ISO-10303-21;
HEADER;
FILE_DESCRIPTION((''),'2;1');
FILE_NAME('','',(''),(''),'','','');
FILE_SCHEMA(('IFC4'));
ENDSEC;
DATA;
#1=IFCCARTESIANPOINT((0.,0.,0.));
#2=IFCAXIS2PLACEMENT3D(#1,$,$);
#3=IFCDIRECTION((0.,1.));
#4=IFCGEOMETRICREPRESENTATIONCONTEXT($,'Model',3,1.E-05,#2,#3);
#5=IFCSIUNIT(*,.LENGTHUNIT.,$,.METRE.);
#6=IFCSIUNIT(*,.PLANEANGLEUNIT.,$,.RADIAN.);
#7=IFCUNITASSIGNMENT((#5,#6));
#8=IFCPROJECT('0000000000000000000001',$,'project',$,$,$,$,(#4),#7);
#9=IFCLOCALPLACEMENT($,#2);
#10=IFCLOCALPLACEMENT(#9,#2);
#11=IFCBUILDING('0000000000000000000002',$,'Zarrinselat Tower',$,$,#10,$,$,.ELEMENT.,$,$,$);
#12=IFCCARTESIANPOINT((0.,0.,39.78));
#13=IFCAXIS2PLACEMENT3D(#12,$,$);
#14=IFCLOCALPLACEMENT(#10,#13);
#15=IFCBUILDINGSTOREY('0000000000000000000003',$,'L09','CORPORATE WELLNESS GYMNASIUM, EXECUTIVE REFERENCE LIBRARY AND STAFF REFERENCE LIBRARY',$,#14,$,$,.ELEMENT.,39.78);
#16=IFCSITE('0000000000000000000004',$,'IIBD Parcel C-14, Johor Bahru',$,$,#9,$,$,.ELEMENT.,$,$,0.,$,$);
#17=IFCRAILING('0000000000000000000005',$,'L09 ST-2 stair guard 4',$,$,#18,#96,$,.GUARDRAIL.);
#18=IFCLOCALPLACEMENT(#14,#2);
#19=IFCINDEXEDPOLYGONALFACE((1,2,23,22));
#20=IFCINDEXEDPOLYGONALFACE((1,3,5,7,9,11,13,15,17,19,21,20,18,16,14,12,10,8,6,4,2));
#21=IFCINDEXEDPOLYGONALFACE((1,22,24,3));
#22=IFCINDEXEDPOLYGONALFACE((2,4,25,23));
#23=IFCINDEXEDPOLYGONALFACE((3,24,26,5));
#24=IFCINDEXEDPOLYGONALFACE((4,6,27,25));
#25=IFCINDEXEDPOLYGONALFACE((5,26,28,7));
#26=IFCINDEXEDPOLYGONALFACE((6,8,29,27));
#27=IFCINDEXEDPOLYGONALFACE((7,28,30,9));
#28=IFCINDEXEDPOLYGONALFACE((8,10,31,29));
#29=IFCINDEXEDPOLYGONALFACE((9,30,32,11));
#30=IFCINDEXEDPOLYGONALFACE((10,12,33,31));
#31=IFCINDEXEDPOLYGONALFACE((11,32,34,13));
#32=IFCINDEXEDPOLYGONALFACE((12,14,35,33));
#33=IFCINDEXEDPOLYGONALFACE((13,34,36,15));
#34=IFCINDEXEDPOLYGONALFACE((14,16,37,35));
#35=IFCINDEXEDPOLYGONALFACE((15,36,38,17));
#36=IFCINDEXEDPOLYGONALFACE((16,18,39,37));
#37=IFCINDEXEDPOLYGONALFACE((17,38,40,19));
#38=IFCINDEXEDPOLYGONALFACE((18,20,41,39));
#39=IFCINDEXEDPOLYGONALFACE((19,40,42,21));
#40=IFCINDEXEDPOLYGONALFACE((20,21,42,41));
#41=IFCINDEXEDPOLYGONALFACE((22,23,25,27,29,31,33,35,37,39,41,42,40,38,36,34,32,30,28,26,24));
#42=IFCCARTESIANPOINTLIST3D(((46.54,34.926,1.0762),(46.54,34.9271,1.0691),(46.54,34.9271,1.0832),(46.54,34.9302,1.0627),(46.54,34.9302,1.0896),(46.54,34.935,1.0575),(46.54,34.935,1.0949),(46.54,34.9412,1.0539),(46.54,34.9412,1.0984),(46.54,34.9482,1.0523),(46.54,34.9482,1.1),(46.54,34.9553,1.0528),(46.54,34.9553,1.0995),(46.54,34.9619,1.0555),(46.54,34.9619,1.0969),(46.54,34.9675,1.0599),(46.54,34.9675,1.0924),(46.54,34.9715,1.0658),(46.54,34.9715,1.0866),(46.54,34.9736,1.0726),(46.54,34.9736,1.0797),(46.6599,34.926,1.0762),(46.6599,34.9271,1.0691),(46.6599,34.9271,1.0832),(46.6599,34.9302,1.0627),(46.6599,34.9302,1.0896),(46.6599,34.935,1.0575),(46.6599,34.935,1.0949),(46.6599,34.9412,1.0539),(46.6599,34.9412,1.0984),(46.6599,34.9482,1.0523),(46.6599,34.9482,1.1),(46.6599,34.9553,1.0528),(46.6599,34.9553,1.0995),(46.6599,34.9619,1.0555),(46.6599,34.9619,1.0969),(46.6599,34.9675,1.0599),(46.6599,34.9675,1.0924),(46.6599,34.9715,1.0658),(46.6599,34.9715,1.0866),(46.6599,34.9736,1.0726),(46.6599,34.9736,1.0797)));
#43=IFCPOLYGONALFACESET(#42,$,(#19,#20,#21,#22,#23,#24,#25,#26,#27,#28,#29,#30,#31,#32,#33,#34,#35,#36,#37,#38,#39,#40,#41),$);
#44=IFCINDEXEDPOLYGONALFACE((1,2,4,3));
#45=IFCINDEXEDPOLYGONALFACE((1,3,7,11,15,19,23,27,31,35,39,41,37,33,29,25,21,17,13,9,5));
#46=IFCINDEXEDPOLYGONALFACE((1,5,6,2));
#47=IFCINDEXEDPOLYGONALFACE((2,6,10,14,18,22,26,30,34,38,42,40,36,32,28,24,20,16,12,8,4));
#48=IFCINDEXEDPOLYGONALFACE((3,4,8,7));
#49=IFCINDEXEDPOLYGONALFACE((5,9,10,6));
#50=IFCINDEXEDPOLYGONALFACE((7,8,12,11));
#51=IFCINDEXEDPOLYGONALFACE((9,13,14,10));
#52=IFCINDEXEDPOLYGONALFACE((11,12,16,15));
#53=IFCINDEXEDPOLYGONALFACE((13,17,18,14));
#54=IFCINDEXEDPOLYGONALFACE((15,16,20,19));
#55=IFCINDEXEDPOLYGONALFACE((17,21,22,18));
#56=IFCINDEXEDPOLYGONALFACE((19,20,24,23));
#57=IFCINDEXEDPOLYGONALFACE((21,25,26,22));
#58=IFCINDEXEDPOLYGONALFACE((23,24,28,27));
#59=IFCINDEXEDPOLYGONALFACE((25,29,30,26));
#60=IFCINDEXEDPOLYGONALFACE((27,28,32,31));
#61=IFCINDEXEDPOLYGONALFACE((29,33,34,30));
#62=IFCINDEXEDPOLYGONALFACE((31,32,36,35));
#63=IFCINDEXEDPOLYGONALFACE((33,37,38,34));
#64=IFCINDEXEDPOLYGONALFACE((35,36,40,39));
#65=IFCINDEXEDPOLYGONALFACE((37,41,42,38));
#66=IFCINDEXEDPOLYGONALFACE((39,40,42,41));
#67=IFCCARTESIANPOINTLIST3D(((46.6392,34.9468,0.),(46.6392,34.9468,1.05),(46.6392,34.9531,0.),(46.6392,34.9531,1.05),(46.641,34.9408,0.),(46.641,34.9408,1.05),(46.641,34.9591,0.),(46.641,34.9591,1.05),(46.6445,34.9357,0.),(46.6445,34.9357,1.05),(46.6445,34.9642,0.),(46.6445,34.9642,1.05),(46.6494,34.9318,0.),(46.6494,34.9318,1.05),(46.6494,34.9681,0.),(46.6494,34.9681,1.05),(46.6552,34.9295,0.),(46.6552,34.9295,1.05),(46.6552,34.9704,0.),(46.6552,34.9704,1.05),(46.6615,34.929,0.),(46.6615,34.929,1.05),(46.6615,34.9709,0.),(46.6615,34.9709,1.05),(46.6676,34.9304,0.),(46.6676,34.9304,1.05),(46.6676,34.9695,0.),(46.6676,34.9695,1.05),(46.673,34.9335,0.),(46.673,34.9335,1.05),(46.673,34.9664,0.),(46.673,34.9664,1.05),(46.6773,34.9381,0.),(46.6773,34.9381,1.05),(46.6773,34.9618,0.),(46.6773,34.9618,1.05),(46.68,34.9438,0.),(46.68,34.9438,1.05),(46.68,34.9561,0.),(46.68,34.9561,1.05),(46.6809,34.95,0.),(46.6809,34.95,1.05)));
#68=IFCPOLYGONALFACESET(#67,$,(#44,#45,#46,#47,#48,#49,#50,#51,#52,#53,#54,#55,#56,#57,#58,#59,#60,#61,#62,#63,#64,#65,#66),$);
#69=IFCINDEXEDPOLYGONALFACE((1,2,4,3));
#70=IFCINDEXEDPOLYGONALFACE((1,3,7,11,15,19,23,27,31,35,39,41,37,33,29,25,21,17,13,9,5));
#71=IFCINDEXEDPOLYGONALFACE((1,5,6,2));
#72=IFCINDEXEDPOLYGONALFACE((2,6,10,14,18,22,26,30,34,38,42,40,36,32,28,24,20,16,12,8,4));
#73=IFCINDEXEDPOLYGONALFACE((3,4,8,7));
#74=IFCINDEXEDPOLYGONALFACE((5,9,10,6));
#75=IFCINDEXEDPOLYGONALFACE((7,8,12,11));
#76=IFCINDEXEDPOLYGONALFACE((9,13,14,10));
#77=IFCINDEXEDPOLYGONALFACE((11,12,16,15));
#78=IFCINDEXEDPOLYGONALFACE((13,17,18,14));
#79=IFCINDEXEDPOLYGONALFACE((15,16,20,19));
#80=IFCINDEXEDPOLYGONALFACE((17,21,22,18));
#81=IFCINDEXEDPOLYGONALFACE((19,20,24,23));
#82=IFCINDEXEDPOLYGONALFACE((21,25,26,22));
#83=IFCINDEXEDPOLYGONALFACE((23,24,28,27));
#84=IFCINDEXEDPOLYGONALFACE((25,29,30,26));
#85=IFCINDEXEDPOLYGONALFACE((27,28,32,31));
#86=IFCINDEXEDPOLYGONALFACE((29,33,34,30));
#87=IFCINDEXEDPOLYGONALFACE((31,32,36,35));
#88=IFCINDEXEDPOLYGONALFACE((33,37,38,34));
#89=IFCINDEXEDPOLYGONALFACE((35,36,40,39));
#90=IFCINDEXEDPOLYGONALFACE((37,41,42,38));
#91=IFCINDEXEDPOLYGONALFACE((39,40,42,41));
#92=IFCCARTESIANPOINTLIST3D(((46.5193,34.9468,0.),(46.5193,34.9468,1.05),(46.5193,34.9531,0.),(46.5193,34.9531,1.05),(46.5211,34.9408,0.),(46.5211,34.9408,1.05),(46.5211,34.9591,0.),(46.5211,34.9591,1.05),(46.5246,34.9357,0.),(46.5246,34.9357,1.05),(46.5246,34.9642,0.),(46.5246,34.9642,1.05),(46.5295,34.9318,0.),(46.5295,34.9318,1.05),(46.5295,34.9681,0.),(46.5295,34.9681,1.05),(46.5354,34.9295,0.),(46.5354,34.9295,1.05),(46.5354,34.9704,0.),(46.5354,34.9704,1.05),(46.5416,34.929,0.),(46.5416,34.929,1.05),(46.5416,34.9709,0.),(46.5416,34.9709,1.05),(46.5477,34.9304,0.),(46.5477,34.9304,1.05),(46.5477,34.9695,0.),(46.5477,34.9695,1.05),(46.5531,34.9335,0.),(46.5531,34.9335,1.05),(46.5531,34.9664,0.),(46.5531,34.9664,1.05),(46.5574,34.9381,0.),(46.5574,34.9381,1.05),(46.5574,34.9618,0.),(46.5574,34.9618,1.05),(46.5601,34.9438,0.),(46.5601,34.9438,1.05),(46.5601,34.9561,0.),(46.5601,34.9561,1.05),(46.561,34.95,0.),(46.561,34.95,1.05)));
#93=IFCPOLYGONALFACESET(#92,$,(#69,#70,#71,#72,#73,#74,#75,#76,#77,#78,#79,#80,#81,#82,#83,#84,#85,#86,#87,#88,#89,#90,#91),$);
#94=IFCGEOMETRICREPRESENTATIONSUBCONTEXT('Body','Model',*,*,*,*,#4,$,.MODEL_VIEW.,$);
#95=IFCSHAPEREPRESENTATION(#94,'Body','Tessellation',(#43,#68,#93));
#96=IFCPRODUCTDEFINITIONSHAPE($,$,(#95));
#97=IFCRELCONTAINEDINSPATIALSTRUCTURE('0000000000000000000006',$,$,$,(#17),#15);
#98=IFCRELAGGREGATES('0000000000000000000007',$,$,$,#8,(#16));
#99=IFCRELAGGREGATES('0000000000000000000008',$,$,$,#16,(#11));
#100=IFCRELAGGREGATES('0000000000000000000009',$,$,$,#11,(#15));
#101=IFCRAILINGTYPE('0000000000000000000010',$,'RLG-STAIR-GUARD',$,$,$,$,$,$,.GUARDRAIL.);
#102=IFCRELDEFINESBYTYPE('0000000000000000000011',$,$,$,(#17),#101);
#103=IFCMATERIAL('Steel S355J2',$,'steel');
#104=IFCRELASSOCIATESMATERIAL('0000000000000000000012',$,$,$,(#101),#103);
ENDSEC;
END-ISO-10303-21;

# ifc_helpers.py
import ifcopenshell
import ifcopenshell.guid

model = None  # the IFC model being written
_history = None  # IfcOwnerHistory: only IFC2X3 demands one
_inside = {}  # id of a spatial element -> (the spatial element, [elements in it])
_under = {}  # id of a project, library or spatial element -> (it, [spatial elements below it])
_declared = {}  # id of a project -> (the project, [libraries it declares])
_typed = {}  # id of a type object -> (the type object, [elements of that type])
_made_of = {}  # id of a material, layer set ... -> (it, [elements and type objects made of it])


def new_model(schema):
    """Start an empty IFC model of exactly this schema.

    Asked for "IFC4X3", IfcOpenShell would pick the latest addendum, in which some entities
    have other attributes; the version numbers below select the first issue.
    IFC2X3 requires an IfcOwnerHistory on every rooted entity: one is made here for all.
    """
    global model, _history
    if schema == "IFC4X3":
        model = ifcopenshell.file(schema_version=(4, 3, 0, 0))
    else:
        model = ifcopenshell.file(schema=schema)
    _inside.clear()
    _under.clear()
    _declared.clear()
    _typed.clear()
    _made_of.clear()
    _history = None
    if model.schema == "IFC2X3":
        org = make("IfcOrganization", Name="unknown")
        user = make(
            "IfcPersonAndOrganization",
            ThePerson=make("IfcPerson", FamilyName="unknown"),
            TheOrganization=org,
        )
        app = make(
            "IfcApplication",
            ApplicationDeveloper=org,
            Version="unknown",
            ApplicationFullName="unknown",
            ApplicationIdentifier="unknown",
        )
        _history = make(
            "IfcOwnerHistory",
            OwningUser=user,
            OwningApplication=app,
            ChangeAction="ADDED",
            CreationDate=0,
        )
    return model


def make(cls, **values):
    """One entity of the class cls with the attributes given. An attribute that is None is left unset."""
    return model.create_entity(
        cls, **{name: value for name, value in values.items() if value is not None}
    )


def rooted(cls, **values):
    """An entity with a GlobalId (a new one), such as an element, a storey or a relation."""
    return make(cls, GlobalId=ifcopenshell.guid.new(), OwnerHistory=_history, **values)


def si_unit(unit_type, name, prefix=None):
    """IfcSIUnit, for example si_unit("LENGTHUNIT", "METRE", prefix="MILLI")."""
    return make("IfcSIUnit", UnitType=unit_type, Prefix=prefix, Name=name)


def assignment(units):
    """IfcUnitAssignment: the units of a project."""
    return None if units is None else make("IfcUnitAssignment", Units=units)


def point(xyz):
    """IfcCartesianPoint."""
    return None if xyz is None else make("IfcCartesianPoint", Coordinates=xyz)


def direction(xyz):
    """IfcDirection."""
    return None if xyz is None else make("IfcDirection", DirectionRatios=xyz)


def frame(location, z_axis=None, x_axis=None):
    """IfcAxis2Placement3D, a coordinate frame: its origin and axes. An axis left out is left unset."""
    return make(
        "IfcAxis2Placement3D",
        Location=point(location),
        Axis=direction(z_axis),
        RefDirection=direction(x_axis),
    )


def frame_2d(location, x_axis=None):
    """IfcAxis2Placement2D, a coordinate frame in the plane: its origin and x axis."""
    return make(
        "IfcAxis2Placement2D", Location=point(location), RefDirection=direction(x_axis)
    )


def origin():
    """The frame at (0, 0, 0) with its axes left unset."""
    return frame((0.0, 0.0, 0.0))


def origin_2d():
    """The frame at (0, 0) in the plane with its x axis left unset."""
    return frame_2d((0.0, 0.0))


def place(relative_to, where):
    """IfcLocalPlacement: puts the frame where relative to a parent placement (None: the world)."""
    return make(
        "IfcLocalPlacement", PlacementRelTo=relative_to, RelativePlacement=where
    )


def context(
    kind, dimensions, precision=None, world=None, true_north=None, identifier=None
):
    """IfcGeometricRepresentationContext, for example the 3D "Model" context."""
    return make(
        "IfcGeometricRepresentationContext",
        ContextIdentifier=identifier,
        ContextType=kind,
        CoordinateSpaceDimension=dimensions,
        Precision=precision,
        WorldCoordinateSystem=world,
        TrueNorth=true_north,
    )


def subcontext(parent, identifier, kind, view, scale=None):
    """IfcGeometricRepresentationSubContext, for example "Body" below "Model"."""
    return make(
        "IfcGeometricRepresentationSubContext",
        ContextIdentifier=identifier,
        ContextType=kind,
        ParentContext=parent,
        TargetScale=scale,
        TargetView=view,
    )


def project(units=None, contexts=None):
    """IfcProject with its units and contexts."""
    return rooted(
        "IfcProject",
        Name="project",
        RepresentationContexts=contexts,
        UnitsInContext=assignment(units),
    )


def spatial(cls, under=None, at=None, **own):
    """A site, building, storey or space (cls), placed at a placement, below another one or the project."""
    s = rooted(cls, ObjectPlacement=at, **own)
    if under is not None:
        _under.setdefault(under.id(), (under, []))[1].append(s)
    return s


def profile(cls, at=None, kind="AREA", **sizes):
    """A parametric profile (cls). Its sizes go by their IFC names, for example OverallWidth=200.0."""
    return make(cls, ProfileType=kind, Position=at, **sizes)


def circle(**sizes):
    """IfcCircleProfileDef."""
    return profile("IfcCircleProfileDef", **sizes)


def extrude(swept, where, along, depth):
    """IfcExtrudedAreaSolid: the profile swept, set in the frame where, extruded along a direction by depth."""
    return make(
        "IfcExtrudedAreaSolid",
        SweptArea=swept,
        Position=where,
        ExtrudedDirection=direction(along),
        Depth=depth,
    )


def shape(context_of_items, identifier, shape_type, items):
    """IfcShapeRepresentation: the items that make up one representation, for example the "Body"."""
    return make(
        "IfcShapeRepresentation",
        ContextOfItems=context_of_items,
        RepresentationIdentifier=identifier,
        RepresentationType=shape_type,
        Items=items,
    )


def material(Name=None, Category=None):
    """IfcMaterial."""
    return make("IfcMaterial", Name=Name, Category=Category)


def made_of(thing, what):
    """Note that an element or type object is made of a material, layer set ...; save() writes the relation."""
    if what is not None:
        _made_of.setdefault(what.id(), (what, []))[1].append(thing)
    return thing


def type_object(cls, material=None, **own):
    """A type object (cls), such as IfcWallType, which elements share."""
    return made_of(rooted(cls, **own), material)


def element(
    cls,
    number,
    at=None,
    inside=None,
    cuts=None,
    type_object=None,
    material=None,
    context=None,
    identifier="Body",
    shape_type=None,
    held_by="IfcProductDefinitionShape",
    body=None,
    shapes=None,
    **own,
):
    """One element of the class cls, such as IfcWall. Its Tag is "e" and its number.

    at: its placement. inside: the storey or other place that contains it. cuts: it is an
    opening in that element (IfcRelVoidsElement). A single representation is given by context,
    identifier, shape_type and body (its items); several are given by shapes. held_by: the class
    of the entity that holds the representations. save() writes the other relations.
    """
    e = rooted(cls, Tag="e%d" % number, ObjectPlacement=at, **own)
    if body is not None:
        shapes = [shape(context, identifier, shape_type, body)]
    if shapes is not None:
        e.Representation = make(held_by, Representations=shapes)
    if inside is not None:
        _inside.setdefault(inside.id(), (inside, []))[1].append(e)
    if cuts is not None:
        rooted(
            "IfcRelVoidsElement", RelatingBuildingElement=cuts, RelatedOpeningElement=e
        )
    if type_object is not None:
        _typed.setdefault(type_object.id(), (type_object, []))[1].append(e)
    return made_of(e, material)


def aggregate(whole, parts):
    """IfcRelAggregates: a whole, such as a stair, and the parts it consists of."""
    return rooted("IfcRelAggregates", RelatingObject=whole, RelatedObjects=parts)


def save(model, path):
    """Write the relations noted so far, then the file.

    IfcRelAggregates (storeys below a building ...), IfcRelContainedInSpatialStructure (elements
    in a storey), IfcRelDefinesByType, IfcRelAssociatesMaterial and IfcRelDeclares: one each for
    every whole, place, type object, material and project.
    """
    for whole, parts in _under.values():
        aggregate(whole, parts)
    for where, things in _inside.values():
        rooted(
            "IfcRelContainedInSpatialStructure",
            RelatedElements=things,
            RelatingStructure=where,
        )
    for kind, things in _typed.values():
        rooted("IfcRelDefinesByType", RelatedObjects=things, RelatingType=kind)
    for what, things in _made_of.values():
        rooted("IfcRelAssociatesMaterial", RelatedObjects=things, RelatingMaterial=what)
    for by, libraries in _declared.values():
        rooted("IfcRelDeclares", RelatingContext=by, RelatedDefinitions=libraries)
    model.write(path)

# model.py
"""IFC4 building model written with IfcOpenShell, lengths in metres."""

from ifc_helpers import new_model, si_unit, direction, frame, origin, origin_2d, place, context, subcontext, project, spatial, circle, extrude, material, type_object, element, save


model = new_model("IFC4")

# Units and contexts
model_context = context("Model", 3, precision=1e-05, world=origin(), true_north=direction((0.0, 1.0)))
body_context = subcontext(model_context, "Body", "Model", "MODEL_VIEW")
ifc_project = project(units=[si_unit("LENGTHUNIT", "METRE"), si_unit("PLANEANGLEUNIT", "RADIAN")], contexts=[model_context])

# Site, building, storey
site_placement = place(None, origin())
site = spatial("IfcSite", under=ifc_project, at=site_placement, Name="IIBD Parcel C-14, Johor Bahru", CompositionType="ELEMENT", RefElevation=0.0)
building_placement = place(site_placement, origin())
building = spatial("IfcBuilding", under=site, at=building_placement, Name="Zarrinselat Tower", CompositionType="ELEMENT")
storey_placement = place(building_placement, frame((0.0, 0.0, 39.78)))
storey = spatial("IfcBuildingStorey", under=building, at=storey_placement, Name="L09", Description="CORPORATE WELLNESS GYMNASIUM, EXECUTIVE REFERENCE LIBRARY AND STAFF REFERENCE LIBRARY", CompositionType="ELEMENT", Elevation=39.78)

# Railing
ifc_material_1 = material(Name="Steel S355J2", Category="steel")
railing_type_1 = type_object("IfcRailingType", Name="RLG-STAIR-GUARD", PredefinedType="GUARDRAIL", material=ifc_material_1)
railing_1_placement = place(storey_placement, frame((46.6599, 34.95, 0.0)))
element("IfcRailing", 1, at=railing_1_placement, inside=storey, type_object=railing_type_1, Name="L09 ST-2 stair guard 4", PredefinedType="GUARDRAIL", context=body_context, shape_type="SweptSolid", body=[
    extrude(circle(Radius=0.0239, at=origin_2d()), frame((0.0, 0.0, 1.0762), z_axis=(-1.0, 0.0, 0.0), x_axis=(0.0, -1.0, 0.0)), (0.0, 0.0, 1.0), 0.1199),
    extrude(circle(Radius=0.021, at=origin_2d()), origin(), (0.0, 0.0, 1.0), 1.05),
    extrude(circle(Radius=0.021, at=origin_2d()), frame((-0.1199, 0.0, 0.0)), (0.0, 0.0, 1.0), 1.05),
])

save(model, "model.ifc")
